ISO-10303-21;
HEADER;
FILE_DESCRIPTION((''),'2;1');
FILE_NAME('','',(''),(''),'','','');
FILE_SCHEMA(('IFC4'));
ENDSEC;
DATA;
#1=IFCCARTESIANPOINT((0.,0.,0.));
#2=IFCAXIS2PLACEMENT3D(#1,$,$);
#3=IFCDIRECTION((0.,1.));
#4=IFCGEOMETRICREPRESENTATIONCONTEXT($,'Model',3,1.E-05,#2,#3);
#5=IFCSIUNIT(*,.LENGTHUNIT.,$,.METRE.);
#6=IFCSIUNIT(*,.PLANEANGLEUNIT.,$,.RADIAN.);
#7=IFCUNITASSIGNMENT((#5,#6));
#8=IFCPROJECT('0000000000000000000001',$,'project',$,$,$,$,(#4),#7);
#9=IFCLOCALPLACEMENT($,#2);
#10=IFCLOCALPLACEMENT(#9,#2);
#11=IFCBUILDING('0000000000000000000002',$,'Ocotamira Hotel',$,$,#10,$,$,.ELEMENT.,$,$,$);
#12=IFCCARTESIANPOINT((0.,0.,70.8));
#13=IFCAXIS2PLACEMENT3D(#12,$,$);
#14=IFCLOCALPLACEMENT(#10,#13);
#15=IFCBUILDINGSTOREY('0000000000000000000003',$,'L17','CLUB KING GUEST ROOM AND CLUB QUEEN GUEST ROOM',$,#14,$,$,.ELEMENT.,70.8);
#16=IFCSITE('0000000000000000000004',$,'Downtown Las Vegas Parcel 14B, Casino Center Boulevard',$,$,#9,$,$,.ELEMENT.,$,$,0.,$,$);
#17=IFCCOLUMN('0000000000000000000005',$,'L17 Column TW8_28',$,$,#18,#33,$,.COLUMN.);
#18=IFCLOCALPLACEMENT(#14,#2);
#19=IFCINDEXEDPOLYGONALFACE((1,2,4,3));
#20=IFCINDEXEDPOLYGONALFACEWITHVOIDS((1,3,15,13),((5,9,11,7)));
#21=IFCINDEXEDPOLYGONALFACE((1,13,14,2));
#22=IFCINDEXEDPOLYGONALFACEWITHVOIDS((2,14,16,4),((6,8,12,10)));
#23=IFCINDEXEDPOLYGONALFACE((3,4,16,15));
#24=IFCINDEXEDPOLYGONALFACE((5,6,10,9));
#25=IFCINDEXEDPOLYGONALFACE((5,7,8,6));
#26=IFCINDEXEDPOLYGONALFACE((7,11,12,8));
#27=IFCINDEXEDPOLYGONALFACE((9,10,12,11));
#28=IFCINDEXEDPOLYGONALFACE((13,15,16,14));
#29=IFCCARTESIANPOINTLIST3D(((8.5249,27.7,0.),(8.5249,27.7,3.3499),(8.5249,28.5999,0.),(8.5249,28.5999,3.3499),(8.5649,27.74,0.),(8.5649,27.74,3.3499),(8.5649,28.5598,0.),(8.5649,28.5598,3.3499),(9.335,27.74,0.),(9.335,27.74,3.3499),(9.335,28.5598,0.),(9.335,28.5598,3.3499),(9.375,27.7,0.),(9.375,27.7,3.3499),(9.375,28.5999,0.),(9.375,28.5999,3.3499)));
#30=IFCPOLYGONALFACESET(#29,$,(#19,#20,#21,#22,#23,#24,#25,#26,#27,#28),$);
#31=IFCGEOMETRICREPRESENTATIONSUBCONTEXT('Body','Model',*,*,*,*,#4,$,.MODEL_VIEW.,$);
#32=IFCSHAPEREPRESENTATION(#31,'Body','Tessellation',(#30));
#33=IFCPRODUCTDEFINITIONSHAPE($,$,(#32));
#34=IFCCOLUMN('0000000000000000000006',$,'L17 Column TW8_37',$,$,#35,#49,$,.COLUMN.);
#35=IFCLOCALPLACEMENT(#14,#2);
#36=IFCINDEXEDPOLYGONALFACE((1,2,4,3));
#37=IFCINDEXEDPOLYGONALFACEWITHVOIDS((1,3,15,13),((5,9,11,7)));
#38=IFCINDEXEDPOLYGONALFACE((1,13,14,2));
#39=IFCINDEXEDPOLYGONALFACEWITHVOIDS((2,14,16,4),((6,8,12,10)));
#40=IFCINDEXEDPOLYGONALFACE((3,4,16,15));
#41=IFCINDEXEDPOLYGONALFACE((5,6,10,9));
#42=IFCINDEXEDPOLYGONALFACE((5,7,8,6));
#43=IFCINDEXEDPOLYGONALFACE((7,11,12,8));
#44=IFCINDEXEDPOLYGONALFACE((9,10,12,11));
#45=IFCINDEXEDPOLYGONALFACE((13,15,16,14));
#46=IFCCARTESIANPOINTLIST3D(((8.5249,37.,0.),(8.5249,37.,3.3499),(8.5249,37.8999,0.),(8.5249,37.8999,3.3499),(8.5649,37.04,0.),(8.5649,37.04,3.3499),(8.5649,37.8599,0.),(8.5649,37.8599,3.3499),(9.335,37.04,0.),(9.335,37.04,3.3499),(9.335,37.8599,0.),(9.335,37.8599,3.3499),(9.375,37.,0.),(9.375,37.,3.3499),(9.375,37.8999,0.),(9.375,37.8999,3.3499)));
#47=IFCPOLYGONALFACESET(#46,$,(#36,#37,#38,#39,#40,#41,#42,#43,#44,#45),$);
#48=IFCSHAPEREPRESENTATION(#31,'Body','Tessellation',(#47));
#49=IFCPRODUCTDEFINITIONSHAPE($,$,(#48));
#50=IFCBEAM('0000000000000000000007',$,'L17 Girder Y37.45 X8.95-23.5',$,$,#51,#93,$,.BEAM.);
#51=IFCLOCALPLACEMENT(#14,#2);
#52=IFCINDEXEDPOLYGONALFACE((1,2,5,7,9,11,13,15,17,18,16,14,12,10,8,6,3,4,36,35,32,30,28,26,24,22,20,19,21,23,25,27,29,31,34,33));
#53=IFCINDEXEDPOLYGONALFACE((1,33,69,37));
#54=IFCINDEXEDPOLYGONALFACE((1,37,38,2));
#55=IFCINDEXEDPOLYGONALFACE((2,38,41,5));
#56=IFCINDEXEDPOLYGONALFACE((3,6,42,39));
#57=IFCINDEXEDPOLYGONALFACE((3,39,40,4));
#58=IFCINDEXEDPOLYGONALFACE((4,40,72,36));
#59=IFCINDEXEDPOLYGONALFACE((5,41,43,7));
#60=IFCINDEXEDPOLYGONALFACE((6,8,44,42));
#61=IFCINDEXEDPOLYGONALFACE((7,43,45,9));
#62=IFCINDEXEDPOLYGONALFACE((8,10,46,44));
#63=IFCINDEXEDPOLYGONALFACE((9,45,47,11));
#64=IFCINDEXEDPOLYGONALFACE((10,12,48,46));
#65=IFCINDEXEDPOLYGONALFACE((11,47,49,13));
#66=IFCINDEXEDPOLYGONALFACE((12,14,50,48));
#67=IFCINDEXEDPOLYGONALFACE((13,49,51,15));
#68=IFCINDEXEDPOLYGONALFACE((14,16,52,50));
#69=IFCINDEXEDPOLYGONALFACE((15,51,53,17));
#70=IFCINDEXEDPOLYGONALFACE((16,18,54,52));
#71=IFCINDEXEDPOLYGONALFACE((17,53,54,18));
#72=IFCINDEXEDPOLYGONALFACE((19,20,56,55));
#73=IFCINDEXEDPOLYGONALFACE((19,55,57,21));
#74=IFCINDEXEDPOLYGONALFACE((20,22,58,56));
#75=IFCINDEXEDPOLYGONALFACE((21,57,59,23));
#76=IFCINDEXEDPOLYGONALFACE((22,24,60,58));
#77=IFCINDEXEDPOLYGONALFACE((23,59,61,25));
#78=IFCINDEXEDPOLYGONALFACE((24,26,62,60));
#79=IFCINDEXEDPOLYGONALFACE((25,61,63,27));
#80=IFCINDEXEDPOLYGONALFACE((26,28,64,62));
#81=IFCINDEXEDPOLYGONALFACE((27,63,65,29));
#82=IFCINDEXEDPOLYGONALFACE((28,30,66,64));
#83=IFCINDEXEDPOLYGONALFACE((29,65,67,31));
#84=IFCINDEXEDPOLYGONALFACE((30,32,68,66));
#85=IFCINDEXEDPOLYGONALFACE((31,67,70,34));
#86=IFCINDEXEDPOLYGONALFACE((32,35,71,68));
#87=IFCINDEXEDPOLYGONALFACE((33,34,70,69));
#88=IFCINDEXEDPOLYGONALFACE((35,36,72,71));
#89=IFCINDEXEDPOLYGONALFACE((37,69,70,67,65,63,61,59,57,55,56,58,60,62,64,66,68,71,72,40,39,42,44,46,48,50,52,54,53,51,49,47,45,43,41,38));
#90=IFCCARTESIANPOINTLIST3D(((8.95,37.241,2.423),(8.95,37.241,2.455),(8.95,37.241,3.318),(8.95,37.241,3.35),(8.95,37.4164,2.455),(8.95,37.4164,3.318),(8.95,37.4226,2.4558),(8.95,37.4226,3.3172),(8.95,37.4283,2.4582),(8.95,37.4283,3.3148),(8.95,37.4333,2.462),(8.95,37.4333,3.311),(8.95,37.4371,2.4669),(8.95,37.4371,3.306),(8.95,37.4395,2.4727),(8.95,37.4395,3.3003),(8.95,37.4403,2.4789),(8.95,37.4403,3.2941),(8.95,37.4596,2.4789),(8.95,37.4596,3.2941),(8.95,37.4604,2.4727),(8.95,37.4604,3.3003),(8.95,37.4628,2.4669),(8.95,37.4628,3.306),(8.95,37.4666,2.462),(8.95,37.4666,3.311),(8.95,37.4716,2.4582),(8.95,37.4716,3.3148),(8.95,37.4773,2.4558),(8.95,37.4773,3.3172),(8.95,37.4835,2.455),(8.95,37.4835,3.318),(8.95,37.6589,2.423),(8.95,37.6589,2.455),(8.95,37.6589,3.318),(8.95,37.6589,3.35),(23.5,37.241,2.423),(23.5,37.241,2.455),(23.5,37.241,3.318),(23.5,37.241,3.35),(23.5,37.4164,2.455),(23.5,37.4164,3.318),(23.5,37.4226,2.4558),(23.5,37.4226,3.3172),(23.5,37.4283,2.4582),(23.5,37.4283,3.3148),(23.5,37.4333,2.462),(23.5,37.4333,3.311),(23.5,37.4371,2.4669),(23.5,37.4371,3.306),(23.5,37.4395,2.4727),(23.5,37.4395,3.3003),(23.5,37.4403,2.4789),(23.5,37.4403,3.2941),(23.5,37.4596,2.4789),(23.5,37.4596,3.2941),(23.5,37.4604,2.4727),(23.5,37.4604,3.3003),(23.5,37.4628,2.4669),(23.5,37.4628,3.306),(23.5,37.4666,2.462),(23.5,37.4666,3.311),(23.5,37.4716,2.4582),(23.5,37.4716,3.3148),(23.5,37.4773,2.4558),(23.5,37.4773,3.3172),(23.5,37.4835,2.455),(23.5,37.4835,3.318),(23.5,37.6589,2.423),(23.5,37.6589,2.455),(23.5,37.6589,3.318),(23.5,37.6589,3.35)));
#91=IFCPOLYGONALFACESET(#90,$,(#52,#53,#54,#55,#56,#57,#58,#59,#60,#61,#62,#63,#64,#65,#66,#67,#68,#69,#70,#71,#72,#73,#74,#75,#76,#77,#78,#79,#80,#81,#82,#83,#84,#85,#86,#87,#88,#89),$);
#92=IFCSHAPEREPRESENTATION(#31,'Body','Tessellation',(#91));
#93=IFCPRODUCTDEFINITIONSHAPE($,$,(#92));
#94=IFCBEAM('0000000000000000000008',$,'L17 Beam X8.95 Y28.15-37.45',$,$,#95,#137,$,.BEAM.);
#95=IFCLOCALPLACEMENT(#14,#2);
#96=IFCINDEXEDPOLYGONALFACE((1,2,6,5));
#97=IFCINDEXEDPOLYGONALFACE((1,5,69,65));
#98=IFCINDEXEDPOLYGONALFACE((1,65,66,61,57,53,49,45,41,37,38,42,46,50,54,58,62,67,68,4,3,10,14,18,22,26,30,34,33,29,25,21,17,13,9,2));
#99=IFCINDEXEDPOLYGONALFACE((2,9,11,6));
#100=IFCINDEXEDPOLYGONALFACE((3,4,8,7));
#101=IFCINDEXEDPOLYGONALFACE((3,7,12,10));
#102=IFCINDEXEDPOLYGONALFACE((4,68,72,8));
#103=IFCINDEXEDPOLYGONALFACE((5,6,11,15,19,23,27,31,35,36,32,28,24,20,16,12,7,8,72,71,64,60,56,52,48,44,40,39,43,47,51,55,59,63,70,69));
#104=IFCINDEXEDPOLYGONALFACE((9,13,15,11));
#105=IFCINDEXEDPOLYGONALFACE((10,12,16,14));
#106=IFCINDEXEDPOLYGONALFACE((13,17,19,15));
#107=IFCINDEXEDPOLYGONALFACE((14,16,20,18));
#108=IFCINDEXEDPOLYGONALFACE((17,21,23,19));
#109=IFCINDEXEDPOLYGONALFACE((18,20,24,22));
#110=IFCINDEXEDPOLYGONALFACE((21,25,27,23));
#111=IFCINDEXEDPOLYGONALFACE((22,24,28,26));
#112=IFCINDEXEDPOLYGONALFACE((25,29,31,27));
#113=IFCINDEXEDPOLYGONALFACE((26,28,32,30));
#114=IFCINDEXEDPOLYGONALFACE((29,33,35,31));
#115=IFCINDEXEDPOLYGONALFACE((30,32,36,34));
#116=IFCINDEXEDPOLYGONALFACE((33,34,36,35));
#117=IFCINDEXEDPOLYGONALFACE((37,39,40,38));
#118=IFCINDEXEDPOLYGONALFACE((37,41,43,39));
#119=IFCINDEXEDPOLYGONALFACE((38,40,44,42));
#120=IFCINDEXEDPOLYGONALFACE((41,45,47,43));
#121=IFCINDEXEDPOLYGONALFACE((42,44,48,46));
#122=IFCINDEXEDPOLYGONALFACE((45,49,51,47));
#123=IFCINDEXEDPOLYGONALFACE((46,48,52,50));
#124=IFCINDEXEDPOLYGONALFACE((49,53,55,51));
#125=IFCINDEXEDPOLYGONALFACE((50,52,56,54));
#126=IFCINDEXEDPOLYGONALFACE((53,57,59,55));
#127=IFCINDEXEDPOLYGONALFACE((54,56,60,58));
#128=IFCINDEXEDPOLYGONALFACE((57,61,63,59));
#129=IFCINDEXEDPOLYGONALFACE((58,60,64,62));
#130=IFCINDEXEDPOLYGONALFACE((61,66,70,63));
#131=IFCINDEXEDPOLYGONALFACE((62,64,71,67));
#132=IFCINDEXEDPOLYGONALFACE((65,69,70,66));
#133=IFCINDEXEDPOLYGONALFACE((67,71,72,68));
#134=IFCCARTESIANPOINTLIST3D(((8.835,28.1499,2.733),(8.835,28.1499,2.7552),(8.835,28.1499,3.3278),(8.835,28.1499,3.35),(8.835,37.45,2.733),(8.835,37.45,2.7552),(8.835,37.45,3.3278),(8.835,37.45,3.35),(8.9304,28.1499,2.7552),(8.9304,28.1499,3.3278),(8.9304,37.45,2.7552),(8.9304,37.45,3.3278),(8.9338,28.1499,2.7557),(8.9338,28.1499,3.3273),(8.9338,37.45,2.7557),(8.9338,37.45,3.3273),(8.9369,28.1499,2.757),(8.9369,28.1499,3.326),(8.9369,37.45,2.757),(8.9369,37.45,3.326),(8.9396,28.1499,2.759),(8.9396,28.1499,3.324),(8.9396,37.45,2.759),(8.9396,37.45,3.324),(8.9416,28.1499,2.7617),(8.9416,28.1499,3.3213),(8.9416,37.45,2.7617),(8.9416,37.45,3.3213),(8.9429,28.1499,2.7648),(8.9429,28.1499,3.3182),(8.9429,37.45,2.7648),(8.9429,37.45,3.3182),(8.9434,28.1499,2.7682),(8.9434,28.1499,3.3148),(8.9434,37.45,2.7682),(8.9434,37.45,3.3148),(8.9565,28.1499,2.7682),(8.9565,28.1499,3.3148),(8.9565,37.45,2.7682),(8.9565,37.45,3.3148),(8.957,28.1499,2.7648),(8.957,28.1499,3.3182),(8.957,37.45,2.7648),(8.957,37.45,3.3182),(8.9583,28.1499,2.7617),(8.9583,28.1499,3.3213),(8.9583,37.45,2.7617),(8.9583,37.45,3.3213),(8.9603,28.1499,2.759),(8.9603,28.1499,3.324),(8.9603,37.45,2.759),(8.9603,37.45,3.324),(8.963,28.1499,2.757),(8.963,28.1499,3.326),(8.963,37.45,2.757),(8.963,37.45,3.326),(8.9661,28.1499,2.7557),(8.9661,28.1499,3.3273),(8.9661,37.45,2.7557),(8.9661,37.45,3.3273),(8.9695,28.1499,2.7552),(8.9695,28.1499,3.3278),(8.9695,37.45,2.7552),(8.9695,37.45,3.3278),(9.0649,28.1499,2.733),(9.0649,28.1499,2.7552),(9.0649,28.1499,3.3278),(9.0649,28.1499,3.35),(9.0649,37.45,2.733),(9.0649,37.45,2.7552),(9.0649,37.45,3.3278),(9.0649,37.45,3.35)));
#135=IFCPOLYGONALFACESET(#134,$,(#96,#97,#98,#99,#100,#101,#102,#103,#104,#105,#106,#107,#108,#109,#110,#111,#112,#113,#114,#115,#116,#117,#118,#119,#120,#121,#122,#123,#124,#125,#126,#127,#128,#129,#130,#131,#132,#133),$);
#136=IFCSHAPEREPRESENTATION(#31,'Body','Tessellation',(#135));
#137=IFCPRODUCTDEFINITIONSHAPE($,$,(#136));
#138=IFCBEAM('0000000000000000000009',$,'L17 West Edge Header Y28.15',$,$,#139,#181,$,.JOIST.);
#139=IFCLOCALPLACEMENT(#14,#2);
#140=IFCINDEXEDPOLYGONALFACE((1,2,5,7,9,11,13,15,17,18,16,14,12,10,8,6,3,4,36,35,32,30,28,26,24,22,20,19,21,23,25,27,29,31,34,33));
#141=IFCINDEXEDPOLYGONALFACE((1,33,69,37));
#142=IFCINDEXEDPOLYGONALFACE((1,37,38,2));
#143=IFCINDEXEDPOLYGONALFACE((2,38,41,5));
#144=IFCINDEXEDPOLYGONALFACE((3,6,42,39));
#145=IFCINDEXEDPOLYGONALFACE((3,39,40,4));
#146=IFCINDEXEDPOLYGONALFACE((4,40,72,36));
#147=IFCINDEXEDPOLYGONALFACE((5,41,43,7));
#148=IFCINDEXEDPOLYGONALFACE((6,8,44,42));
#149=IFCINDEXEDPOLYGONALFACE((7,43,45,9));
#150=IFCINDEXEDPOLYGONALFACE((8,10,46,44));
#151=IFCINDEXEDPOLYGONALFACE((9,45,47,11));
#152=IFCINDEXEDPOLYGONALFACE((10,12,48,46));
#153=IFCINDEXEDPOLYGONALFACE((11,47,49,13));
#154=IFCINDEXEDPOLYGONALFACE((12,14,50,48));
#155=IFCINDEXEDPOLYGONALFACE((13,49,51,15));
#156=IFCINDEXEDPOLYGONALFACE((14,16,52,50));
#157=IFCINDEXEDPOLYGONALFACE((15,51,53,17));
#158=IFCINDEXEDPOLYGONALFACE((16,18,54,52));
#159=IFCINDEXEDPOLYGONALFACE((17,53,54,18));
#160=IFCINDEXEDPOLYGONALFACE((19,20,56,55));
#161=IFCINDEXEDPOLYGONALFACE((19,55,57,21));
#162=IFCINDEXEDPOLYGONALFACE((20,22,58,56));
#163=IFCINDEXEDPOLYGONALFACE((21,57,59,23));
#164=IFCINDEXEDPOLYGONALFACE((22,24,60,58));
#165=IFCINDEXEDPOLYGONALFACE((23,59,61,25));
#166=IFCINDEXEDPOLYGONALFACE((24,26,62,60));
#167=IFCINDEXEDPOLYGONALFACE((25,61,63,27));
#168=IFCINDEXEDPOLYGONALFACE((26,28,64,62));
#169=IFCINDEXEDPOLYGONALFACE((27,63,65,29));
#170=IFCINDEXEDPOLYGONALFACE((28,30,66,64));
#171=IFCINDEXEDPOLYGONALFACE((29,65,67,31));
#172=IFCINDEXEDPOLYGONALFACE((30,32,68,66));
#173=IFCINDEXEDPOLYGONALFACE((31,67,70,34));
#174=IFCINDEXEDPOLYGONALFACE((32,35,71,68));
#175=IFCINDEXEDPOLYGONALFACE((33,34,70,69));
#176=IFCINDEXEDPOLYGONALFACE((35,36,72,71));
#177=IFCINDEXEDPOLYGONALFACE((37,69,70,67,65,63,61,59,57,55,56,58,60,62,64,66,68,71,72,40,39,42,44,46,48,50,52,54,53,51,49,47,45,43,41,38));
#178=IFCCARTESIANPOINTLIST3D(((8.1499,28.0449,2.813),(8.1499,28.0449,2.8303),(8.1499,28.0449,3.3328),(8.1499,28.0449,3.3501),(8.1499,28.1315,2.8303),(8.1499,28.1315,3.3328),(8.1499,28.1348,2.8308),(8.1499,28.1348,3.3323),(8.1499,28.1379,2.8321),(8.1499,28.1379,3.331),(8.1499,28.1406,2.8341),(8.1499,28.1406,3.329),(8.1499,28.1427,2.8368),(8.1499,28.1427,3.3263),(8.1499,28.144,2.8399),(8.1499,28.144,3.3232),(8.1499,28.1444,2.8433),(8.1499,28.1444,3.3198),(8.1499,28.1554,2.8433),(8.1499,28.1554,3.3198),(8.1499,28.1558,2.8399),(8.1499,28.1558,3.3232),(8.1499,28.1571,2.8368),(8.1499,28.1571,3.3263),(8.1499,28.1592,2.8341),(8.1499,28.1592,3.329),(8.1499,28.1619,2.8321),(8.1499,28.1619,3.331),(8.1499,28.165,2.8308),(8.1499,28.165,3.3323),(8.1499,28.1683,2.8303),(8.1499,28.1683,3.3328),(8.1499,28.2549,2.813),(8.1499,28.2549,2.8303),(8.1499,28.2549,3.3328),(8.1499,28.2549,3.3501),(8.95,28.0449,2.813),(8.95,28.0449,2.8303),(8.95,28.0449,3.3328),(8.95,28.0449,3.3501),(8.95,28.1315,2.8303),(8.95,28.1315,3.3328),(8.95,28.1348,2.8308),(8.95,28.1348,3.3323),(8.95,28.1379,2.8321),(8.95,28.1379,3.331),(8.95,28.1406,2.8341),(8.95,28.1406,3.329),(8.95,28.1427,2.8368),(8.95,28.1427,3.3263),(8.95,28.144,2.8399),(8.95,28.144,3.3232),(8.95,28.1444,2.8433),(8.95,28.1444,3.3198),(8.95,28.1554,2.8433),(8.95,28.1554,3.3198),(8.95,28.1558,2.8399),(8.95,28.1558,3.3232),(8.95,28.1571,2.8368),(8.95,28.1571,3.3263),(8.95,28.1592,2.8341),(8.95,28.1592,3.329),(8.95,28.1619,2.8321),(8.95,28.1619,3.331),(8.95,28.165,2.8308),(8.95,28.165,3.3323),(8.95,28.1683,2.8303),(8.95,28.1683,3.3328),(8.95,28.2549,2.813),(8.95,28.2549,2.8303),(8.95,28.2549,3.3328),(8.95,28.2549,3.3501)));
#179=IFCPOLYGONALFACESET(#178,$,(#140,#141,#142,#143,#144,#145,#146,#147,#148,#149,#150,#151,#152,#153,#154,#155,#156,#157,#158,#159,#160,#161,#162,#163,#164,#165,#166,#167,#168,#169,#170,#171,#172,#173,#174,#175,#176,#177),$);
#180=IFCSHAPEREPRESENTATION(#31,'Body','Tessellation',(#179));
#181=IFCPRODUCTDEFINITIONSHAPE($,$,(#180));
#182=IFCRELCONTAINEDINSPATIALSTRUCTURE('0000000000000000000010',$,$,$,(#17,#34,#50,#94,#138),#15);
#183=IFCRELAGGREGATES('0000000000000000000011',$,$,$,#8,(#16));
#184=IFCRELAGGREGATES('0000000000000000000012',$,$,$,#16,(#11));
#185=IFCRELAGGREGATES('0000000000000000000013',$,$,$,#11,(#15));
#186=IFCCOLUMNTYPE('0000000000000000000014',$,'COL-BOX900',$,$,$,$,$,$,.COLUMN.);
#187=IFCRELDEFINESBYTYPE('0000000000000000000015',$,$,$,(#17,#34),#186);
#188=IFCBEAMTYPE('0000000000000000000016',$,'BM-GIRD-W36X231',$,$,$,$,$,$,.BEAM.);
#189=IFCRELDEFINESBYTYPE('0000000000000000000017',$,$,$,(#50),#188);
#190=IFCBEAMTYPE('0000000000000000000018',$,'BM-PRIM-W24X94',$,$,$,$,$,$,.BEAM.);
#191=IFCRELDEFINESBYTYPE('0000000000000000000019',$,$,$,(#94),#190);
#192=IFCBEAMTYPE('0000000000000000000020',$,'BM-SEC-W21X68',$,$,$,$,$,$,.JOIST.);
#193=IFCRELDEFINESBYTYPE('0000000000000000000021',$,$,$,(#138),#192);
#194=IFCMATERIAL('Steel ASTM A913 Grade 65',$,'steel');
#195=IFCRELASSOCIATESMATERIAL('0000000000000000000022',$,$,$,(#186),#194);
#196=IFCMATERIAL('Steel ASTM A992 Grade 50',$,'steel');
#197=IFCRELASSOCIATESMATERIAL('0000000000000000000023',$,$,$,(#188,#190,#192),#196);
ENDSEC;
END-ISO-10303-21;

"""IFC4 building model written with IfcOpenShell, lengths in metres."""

from ifc_helpers import new_model, si_unit, direction, frame, origin, origin_2d, place, context, subcontext, project, spatial, hollow_rectangle, i_section, extrude, source, transform, mapped, material, material_profile, profile_set, type_object, element, save


model = new_model("IFC4")

# Units and contexts
model_context = context("Model", 3, precision=1e-05, world=origin(), true_north=direction((0.0, 1.0)))
body_context = subcontext(model_context, "Body", "Model", "MODEL_VIEW")
ifc_project = project(units=[si_unit("LENGTHUNIT", "METRE"), si_unit("PLANEANGLEUNIT", "RADIAN")], contexts=[model_context])

# Site, building, storey
site_placement = place(None, origin())
site = spatial("IfcSite", under=ifc_project, at=site_placement, Name="Downtown Las Vegas Parcel 14B, Casino Center Boulevard", CompositionType="ELEMENT", RefElevation=0.0)
building_placement = place(site_placement, origin())
building = spatial("IfcBuilding", under=site, at=building_placement, Name="Ocotamira Hotel", CompositionType="ELEMENT")
storey_placement = place(building_placement, frame((0.0, 0.0, 70.8)))
storey = spatial("IfcBuildingStorey", under=building, at=storey_placement, Name="L17", Description="CLUB KING GUEST ROOM AND CLUB QUEEN GUEST ROOM", CompositionType="ELEMENT", Elevation=70.8)

# Columns
ifc_material_1 = material(Name="Steel ASTM A913 Grade 65", Category="steel")
ifc_material_profile_1 = material_profile(ifc_material_1, hollow_rectangle(XDim=0.8501, YDim=0.8999, WallThickness=0.04, at=origin_2d()), Name="BOX900X850X40")
ifc_profile_set_1 = profile_set([ifc_material_profile_1], Name="Steel ASTM A913 Grade 65")
column_type = type_object("IfcColumnType", Name="COL-BOX900", PredefinedType="COLUMN", material=ifc_profile_set_1)
shared_shape_1 = source(origin(), body_context, "Body", "SweptSolid", [
    extrude(hollow_rectangle(XDim=0.8501, YDim=0.8999, WallThickness=0.04, at=origin_2d()), origin(), (0.0, 0.0, 1.0), 3.3499),
])
for number, where, z_axis, x_axis, name in (
    (1, (8.95, 28.1499, 0.0), (0.0, 0.0, 1.0), (1.0, 0.0, 0.0), "L17 Column TW8_28"),
    (2, (8.95, 37.45, 0.0), (0.0, 0.0, 1.0), (1.0, 0.0, 0.0), "L17 Column TW8_37"),
):
    element("IfcColumn", number, at=place(storey_placement, frame(where, z_axis=z_axis, x_axis=x_axis)), inside=storey, type_object=column_type, Name=name, PredefinedType="COLUMN", context=body_context, shape_type="MappedRepresentation", body=[
        mapped(shared_shape_1, transform((0.0, 0.0, 0.0), scale=1.0)),
    ])

# Beams
ifc_material_2 = material(Name="Steel ASTM A992 Grade 50", Category="steel")
ifc_material_profile_2 = material_profile(ifc_material_2, i_section(OverallWidth=0.418, OverallDepth=0.927, WebThickness=0.0193, FlangeThickness=0.032, FilletRadius=0.0239, at=origin_2d()), Name="W36X231")
ifc_profile_set_2 = profile_set([ifc_material_profile_2], Name="Steel ASTM A992 Grade 50")
beam_type_1 = type_object("IfcBeamType", Name="BM-GIRD-W36X231", PredefinedType="BEAM", material=ifc_profile_set_2)
shared_shape_2 = source(origin(), body_context, "Body", "SweptSolid", [
    extrude(i_section(OverallWidth=0.418, OverallDepth=0.927, WebThickness=0.0193, FlangeThickness=0.032, FilletRadius=0.0239, at=origin_2d()), origin(), (0.0, 0.0, 1.0), 14.55),
])
beam_1_placement = place(storey_placement, frame((8.95, 37.45, 2.8865), z_axis=(1.0, 0.0, 0.0), x_axis=(0.0, 1.0, 0.0)))
element("IfcBeam", 3, at=beam_1_placement, inside=storey, type_object=beam_type_1, Name="L17 Girder Y37.45 X8.95-23.5", PredefinedType="BEAM", context=body_context, shape_type="MappedRepresentation", body=[
    mapped(shared_shape_2, transform((0.0, 0.0, 0.0), scale=1.0)),
])
ifc_material_profile_3 = material_profile(ifc_material_2, i_section(OverallWidth=0.23, OverallDepth=0.6169, WebThickness=0.0132, FlangeThickness=0.0222, FilletRadius=0.0129, at=origin_2d()), Name="W24X94")
ifc_profile_set_3 = profile_set([ifc_material_profile_3], Name="Steel ASTM A992 Grade 50")
beam_type_2 = type_object("IfcBeamType", Name="BM-PRIM-W24X94", PredefinedType="BEAM", material=ifc_profile_set_3)
shared_shape_3 = source(origin(), body_context, "Body", "SweptSolid", [
    extrude(i_section(OverallWidth=0.23, OverallDepth=0.6169, WebThickness=0.0132, FlangeThickness=0.0222, FilletRadius=0.0129, at=origin_2d()), origin(), (0.0, 0.0, 1.0), 9.3),
])
beam_2_placement = place(storey_placement, frame((8.95, 28.1499, 3.0415), z_axis=(0.0, 1.0, 0.0), x_axis=(-1.0, 0.0, 0.0)))
element("IfcBeam", 4, at=beam_2_placement, inside=storey, type_object=beam_type_2, Name="L17 Beam X8.95 Y28.15-37.45", PredefinedType="BEAM", context=body_context, shape_type="MappedRepresentation", body=[
    mapped(shared_shape_3, transform((0.0, 0.0, 0.0), scale=1.0)),
])
ifc_material_profile_4 = material_profile(ifc_material_2, i_section(OverallWidth=0.21, OverallDepth=0.5371, WebThickness=0.011, FlangeThickness=0.0173, FilletRadius=0.0129, at=origin_2d()), Name="W21X68")
ifc_profile_set_4 = profile_set([ifc_material_profile_4], Name="Steel ASTM A992 Grade 50")
beam_type_3 = type_object("IfcBeamType", Name="BM-SEC-W21X68", PredefinedType="JOIST", material=ifc_profile_set_4)
shared_shape_4 = source(origin(), body_context, "Body", "SweptSolid", [
    extrude(i_section(OverallWidth=0.21, OverallDepth=0.5371, WebThickness=0.011, FlangeThickness=0.0173, FilletRadius=0.0129, at=origin_2d()), origin(), (0.0, 0.0, 1.0), 0.8),
])
for number, where, z_axis, x_axis, name in (
    (5, (8.95, 28.1499, 3.0815), (-1.0, 0.0, 0.0), (0.0, -1.0, 0.0), "L17 West Edge Header Y28.15"),
):
    element("IfcBeam", number, at=place(storey_placement, frame(where, z_axis=z_axis, x_axis=x_axis)), inside=storey, type_object=beam_type_3, Name=name, PredefinedType="JOIST", context=body_context, shape_type="MappedRepresentation", body=[
        mapped(shared_shape_4, transform((0.0, 0.0, 0.0), scale=1.0)),
    ])

save(model, "model.ifc")
